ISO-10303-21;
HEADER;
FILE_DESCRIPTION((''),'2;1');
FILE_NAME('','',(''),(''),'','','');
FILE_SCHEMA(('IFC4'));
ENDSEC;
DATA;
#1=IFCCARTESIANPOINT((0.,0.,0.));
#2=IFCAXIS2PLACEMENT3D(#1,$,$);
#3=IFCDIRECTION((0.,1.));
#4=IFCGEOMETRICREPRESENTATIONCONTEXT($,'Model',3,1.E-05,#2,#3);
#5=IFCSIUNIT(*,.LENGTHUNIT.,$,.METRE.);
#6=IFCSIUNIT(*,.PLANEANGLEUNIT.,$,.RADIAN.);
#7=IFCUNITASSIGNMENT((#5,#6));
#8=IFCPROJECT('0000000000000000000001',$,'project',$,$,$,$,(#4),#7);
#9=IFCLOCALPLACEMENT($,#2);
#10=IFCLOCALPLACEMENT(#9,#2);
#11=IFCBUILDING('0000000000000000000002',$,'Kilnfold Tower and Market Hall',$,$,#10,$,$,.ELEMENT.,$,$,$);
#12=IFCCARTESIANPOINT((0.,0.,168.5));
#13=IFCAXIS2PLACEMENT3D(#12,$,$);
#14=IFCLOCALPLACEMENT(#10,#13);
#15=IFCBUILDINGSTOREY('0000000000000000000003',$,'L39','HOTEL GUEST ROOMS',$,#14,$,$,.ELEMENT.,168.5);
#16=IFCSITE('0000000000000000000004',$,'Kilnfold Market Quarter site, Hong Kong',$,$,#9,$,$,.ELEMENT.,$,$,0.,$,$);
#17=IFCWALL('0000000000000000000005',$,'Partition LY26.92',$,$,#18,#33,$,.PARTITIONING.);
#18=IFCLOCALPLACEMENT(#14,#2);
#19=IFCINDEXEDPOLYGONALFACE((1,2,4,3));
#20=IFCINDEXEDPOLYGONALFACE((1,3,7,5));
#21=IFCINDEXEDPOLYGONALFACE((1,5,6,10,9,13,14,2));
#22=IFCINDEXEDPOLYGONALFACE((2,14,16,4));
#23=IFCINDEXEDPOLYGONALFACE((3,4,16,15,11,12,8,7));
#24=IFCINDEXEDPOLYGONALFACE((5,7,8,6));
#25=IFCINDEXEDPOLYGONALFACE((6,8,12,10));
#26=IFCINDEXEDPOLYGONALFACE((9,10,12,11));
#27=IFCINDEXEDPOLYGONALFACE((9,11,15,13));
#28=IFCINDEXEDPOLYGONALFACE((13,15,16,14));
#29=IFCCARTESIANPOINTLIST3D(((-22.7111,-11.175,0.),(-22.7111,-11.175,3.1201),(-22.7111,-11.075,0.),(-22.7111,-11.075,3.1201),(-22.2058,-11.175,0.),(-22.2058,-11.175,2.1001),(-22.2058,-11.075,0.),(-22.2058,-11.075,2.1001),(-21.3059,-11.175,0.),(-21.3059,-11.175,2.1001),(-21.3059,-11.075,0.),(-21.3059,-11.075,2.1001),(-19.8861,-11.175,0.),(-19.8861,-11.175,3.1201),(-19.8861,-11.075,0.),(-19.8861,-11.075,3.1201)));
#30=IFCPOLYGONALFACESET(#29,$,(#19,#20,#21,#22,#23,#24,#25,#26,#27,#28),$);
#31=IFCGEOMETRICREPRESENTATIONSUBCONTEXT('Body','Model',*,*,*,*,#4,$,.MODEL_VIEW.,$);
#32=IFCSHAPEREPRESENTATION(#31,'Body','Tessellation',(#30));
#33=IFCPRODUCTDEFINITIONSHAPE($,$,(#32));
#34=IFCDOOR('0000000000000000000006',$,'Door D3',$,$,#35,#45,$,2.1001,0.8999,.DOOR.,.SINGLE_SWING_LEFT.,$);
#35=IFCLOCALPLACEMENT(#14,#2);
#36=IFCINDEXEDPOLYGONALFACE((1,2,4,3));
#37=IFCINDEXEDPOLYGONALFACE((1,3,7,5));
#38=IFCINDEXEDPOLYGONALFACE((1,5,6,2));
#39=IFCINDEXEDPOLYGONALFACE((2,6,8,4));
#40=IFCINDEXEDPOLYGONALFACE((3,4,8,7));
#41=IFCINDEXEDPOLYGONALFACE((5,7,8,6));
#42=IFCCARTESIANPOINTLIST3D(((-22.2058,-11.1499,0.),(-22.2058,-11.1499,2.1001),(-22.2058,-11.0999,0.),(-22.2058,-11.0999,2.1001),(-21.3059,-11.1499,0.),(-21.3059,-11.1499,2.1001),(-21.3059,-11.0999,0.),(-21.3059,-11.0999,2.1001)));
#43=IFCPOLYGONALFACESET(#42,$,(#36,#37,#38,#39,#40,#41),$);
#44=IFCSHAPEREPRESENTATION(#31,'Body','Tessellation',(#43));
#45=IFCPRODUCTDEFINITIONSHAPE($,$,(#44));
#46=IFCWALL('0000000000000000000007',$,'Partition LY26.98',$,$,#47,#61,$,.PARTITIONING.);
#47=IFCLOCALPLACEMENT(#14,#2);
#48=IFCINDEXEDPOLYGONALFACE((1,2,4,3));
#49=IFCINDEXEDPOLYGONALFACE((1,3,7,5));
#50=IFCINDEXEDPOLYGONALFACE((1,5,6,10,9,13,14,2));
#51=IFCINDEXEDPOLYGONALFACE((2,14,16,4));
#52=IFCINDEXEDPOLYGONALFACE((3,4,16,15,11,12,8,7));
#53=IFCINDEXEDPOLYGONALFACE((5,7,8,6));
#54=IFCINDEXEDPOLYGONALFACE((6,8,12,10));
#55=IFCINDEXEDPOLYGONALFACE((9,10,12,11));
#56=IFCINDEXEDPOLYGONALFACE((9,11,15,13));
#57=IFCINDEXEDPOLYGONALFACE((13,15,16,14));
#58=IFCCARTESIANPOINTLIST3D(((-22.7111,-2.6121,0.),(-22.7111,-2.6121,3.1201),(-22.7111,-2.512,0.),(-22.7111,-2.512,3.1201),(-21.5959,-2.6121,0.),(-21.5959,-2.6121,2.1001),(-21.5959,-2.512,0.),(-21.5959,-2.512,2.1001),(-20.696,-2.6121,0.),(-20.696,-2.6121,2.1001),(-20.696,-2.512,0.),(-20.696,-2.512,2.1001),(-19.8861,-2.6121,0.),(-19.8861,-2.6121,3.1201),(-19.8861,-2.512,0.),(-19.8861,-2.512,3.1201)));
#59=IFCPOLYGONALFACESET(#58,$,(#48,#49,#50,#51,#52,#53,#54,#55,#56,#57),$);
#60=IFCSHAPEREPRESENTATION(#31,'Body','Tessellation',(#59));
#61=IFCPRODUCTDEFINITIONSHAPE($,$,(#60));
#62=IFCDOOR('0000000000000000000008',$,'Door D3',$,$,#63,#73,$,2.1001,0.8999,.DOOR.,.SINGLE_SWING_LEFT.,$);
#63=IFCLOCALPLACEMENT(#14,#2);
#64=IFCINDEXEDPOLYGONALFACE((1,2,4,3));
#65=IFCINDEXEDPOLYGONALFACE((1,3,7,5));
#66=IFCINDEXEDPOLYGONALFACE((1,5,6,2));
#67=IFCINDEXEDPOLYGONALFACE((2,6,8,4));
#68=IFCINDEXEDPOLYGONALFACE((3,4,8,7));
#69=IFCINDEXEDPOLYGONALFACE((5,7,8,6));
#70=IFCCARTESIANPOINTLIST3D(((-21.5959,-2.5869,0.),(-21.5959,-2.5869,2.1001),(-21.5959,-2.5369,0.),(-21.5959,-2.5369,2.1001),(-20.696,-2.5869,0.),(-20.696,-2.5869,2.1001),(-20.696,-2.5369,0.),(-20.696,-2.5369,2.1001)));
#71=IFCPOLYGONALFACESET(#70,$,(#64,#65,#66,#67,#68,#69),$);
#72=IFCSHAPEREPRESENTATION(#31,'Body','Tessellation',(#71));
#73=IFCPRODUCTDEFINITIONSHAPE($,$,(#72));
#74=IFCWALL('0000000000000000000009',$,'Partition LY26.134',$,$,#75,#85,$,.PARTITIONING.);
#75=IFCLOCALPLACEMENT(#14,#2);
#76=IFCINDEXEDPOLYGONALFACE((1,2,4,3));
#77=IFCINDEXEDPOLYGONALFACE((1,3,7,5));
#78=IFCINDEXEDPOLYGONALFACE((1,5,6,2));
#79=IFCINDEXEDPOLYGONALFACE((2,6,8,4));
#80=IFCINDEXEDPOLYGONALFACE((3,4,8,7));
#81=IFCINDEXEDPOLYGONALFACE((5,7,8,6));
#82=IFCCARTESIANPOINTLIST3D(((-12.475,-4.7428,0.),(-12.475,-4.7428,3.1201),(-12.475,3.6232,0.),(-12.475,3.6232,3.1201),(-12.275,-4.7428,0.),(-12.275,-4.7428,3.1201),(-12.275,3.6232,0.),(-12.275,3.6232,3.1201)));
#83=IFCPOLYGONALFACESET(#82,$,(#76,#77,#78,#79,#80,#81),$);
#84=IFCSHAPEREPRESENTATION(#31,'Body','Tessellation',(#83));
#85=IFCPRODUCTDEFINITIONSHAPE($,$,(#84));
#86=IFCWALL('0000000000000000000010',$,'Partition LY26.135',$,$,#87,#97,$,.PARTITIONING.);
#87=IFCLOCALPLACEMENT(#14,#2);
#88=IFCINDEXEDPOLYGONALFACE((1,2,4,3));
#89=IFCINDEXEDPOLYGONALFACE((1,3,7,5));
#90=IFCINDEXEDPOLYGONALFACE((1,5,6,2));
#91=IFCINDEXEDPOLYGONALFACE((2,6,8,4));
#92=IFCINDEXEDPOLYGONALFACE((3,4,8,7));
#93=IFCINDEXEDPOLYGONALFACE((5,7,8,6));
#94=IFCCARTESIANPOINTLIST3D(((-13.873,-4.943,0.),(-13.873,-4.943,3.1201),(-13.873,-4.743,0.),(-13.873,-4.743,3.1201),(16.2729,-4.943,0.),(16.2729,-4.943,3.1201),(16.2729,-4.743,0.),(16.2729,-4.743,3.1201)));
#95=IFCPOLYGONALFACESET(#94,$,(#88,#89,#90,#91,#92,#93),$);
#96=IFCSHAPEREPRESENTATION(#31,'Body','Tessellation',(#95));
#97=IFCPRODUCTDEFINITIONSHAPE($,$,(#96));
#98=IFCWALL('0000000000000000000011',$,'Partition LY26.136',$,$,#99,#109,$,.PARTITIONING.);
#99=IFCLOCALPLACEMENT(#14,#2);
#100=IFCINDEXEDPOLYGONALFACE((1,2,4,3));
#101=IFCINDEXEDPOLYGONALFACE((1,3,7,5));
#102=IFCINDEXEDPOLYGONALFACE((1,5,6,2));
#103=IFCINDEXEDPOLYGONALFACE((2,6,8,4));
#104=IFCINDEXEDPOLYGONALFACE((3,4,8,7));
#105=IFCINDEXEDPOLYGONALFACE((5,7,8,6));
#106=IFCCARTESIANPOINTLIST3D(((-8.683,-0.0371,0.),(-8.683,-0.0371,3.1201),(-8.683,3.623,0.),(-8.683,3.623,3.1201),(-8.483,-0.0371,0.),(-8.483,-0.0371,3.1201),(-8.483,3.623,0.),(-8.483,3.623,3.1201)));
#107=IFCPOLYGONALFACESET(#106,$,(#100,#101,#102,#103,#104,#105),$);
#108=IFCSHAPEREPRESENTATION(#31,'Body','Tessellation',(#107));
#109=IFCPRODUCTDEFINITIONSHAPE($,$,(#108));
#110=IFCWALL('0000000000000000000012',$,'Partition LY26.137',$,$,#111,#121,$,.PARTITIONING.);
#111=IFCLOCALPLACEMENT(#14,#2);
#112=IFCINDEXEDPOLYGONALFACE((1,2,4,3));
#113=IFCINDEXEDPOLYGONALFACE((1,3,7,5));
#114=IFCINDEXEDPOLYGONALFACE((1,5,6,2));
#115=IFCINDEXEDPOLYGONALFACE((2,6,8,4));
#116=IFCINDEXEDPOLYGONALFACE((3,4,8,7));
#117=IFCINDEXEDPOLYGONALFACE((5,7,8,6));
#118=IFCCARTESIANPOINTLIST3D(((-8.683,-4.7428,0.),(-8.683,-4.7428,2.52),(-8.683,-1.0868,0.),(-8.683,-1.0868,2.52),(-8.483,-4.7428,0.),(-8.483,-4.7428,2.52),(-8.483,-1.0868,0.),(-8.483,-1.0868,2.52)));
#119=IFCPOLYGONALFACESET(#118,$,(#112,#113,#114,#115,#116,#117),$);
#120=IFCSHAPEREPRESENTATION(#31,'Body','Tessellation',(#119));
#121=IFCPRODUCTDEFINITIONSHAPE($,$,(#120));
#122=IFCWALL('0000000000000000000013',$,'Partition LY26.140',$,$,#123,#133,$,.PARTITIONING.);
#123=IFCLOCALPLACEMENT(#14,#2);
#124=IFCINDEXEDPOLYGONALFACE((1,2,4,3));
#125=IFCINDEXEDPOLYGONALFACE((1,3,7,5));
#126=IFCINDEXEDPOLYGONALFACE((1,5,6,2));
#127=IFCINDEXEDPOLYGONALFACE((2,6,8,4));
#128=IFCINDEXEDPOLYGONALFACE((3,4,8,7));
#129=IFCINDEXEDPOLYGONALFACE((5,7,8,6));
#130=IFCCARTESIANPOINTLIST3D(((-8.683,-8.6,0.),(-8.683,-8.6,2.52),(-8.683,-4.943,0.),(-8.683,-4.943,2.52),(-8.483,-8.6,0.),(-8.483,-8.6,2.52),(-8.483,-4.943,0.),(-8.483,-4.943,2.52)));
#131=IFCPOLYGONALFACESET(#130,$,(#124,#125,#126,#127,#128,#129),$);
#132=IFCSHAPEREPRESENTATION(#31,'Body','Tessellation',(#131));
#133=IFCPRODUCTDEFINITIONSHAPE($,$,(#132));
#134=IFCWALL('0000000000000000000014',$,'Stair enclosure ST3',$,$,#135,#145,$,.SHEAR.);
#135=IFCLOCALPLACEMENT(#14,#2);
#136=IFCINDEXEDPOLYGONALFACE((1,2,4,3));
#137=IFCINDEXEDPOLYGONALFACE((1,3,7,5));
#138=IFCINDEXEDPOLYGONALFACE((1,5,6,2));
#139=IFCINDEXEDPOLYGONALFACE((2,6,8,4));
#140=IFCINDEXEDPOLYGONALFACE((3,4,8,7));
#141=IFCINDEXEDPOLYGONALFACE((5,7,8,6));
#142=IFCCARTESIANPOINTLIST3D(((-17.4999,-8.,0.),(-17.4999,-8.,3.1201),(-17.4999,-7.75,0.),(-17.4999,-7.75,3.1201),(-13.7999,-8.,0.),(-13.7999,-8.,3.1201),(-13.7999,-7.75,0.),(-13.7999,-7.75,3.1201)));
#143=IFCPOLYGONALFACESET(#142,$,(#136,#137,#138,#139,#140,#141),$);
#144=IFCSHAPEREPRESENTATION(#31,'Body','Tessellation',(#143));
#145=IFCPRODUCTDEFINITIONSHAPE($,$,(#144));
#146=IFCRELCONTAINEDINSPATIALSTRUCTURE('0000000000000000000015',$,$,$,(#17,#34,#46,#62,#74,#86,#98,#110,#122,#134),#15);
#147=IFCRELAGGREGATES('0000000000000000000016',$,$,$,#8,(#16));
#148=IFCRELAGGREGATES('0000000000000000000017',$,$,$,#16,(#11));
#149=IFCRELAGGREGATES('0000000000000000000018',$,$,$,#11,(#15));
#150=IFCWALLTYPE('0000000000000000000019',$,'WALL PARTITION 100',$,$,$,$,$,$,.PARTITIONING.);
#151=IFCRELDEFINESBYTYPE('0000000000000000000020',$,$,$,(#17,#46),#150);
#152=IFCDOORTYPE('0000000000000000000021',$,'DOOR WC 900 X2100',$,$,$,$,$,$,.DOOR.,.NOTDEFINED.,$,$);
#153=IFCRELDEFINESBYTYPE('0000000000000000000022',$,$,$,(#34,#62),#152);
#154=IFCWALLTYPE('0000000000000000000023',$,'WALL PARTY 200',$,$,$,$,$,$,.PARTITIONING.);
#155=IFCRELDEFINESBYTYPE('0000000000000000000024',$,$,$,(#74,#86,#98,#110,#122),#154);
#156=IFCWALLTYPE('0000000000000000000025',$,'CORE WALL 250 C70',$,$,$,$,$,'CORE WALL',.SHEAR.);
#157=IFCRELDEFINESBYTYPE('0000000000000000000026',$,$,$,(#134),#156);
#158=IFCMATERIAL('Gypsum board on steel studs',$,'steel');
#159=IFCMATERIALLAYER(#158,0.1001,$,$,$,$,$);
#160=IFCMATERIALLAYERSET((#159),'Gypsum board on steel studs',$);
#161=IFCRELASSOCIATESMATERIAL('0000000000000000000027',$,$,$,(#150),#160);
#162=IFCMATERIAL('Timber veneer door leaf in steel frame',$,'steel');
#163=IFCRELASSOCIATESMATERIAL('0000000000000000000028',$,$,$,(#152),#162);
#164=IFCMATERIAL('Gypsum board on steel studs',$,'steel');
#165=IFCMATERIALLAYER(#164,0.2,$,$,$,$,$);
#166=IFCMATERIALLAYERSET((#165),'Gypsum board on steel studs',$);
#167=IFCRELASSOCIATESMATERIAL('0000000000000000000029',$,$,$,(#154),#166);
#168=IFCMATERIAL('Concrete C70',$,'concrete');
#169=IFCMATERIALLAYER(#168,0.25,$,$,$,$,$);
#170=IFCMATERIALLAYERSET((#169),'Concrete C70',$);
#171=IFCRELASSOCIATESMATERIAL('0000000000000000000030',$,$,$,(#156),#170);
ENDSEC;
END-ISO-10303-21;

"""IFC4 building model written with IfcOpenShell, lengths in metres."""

from ifc_helpers import new_model, si_unit, direction, frame, frame_2d, origin, place, context, subcontext, project, spatial, rectangle, extrude, source, transform, mapped, material, layer, layer_set, type_object, element, fill, save


model = new_model("IFC4")

# Units and contexts
model_context = context("Model", 3, precision=1e-05, world=origin(), true_north=direction((0.0, 1.0)))
body_context = subcontext(model_context, "Body", "Model", "MODEL_VIEW")
ifc_project = project(units=[si_unit("LENGTHUNIT", "METRE"), si_unit("PLANEANGLEUNIT", "RADIAN")], contexts=[model_context])

# Site, building, storey
site_placement = place(None, origin())
site = spatial("IfcSite", under=ifc_project, at=site_placement, Name="Kilnfold Market Quarter site, Hong Kong", CompositionType="ELEMENT", RefElevation=0.0)
building_placement = place(site_placement, origin())
building = spatial("IfcBuilding", under=site, at=building_placement, Name="Kilnfold Tower and Market Hall", CompositionType="ELEMENT")
storey_placement = place(building_placement, frame((0.0, 0.0, 168.5)))
storey = spatial("IfcBuildingStorey", under=building, at=storey_placement, Name="L39", Description="HOTEL GUEST ROOMS", CompositionType="ELEMENT", Elevation=168.5)

# Walls, openings, doors
ifc_material_1 = material(Name="Gypsum board on steel studs", Category="steel")
ifc_layer_1 = layer(ifc_material_1, 0.1001)
ifc_layer_set_1 = layer_set([ifc_layer_1], Name="Gypsum board on steel studs")
wall_type_1 = type_object("IfcWallType", Name="WALL PARTITION 100", PredefinedType="PARTITIONING", material=ifc_layer_set_1)
wall_1_placement = place(storey_placement, frame((-19.886, -11.125, 0.0), z_axis=(0.0, 0.0, 1.0), x_axis=(-1.0, 0.0, 0.0)))
wall_1 = element("IfcWall", 1, at=wall_1_placement, inside=storey, type_object=wall_type_1, Name="Partition LY26.92", PredefinedType="PARTITIONING", context=body_context, shape_type="SweptSolid", body=[
    extrude(rectangle(XDim=2.825, YDim=0.1001, at=frame_2d((1.4126, 0.0))), origin(), (0.0, 0.0, 1.0), 3.1201),
])
opening_1_placement = place(wall_1_placement, frame((1.4199, 0.0, 0.0)))
opening_1 = element("IfcOpeningElement", 2, at=opening_1_placement, cuts=wall_1, PredefinedType="OPENING", context=body_context, shape_type="SweptSolid", body=[
    extrude(rectangle(XDim=0.8999, YDim=2.1001, at=frame_2d((0.45, 1.05))), frame((0.0, 0.0601, 0.0), z_axis=(0.0, -1.0, 0.0), x_axis=(1.0, 0.0, 0.0)), (0.0, 0.0, 1.0), 0.1201),
])
ifc_material_2 = material(Name="Timber veneer door leaf in steel frame", Category="steel")
door_type_1 = type_object("IfcDoorType", Name="DOOR WC 900 X2100", OperationType="NOTDEFINED", PredefinedType="DOOR", material=ifc_material_2)
door_1_placement = place(opening_1_placement, origin())
door_1 = element("IfcDoor", 3, at=door_1_placement, inside=storey, type_object=door_type_1, Name="Door D3", OperationType="SINGLE_SWING_LEFT", OverallHeight=2.1001, OverallWidth=0.8999, PredefinedType="DOOR", context=body_context, shape_type="SweptSolid", body=[
    extrude(rectangle(XDim=0.8999, YDim=2.1001, at=frame_2d((0.45, 1.05))), frame((0.0, 0.0249, 0.0), z_axis=(0.0, -1.0, 0.0), x_axis=(1.0, 0.0, 0.0)), (0.0, 0.0, 1.0), 0.05),
])
fill(opening_1, door_1)
wall_2_placement = place(storey_placement, frame((-19.886, -2.562, 0.0), z_axis=(0.0, 0.0, 1.0), x_axis=(-1.0, 0.0, 0.0)))
wall_2 = element("IfcWall", 4, at=wall_2_placement, inside=storey, type_object=wall_type_1, Name="Partition LY26.98", PredefinedType="PARTITIONING", context=body_context, shape_type="SweptSolid", body=[
    extrude(rectangle(XDim=2.825, YDim=0.1001, at=frame_2d((1.4126, 0.0))), origin(), (0.0, 0.0, 1.0), 3.1201),
])
opening_2_placement = place(wall_2_placement, frame((0.8101, 0.0, 0.0)))
opening_2 = element("IfcOpeningElement", 5, at=opening_2_placement, cuts=wall_2, PredefinedType="OPENING", context=body_context, shape_type="SweptSolid", body=[
    extrude(rectangle(XDim=0.8999, YDim=2.1001, at=frame_2d((0.45, 1.05))), frame((0.0, 0.0601, 0.0), z_axis=(0.0, -1.0, 0.0), x_axis=(1.0, 0.0, 0.0)), (0.0, 0.0, 1.0), 0.1201),
])
door_2_placement = place(opening_2_placement, origin())
door_2 = element("IfcDoor", 6, at=door_2_placement, inside=storey, type_object=door_type_1, Name="Door D3", OperationType="SINGLE_SWING_LEFT", OverallHeight=2.1001, OverallWidth=0.8999, PredefinedType="DOOR", context=body_context, shape_type="SweptSolid", body=[
    extrude(rectangle(XDim=0.8999, YDim=2.1001, at=frame_2d((0.45, 1.05))), frame((0.0, 0.0249, 0.0), z_axis=(0.0, -1.0, 0.0), x_axis=(1.0, 0.0, 0.0)), (0.0, 0.0, 1.0), 0.05),
])
fill(opening_2, door_2)

# Walls
ifc_material_3 = material(Name="Gypsum board on steel studs", Category="steel")
ifc_layer_2 = layer(ifc_material_3, 0.2)
ifc_layer_set_2 = layer_set([ifc_layer_2], Name="Gypsum board on steel studs")
wall_type_2 = type_object("IfcWallType", Name="WALL PARTY 200", PredefinedType="PARTITIONING", material=ifc_layer_set_2)
wall_3_placement = place(storey_placement, frame((-12.375, -4.7429, 0.0), z_axis=(0.0, 0.0, 1.0), x_axis=(0.0, 1.0, 0.0)))
element("IfcWall", 7, at=wall_3_placement, inside=storey, type_object=wall_type_2, Name="Partition LY26.134", PredefinedType="PARTITIONING", context=body_context, shape_type="SweptSolid", body=[
    extrude(rectangle(XDim=8.366, YDim=0.2, at=frame_2d((4.1831, 0.0))), origin(), (0.0, 0.0, 1.0), 3.1201),
])
wall_4_placement = place(storey_placement, frame((-13.873, -4.843, 0.0), z_axis=(0.0, 0.0, 1.0), x_axis=(1.0, 0.0, 0.0)))
element("IfcWall", 8, at=wall_4_placement, inside=storey, type_object=wall_type_2, Name="Partition LY26.135", PredefinedType="PARTITIONING", context=body_context, shape_type="SweptSolid", body=[
    extrude(rectangle(XDim=30.146, YDim=0.2, at=frame_2d((15.073, 0.0))), origin(), (0.0, 0.0, 1.0), 3.1201),
])
wall_5_placement = place(storey_placement, frame((-8.583, -0.0371, 0.0), z_axis=(0.0, 0.0, 1.0), x_axis=(0.0, 1.0, 0.0)))
element("IfcWall", 9, at=wall_5_placement, inside=storey, type_object=wall_type_2, Name="Partition LY26.136", PredefinedType="PARTITIONING", context=body_context, shape_type="SweptSolid", body=[
    extrude(rectangle(XDim=3.6602, YDim=0.2, at=frame_2d((1.8301, 0.0))), origin(), (0.0, 0.0, 1.0), 3.1201),
])
wall_6_placement = place(storey_placement, frame((-8.583, -4.7429, 0.0), z_axis=(0.0, 0.0, 1.0), x_axis=(0.0, 1.0, 0.0)))
element("IfcWall", 10, at=wall_6_placement, inside=storey, type_object=wall_type_2, Name="Partition LY26.137", PredefinedType="PARTITIONING", context=body_context, shape_type="SweptSolid", body=[
    extrude(rectangle(XDim=3.656, YDim=0.2, at=frame_2d((1.8281, 0.0))), origin(), (0.0, 0.0, 1.0), 2.52),
])
wall_7_placement = place(storey_placement, frame((-8.583, -8.6001, 0.0), z_axis=(0.0, 0.0, 1.0), x_axis=(0.0, 1.0, 0.0)))
element("IfcWall", 11, at=wall_7_placement, inside=storey, type_object=wall_type_2, Name="Partition LY26.140", PredefinedType="PARTITIONING", context=body_context, shape_type="SweptSolid", body=[
    extrude(rectangle(XDim=3.657, YDim=0.2, at=frame_2d((1.8286, 0.0))), origin(), (0.0, 0.0, 1.0), 2.52),
])
ifc_material_4 = material(Name="Concrete C70", Category="concrete")
ifc_layer_3 = layer(ifc_material_4, 0.25)
ifc_layer_set_3 = layer_set([ifc_layer_3], Name="Concrete C70")
wall_type_3 = type_object("IfcWallType", Name="CORE WALL 250 C70", ElementType="CORE WALL", PredefinedType="SHEAR", material=ifc_layer_set_3)
shared_shape_1 = source(origin(), body_context, "Body", "SweptSolid", [
    extrude(rectangle(XDim=3.7, YDim=0.25, at=frame_2d((1.8501, 0.0))), origin(), (0.0, 0.0, 1.0), 3.1201),
])
wall_8_placement = place(storey_placement, frame((-17.5, -7.875, 0.0), z_axis=(0.0, 0.0, 1.0), x_axis=(1.0, 0.0, 0.0)))
element("IfcWall", 12, at=wall_8_placement, inside=storey, type_object=wall_type_3, Name="Stair enclosure ST3", PredefinedType="SHEAR", context=body_context, shape_type="MappedRepresentation", body=[
    mapped(shared_shape_1, transform((0.0, 0.0, 0.0))),
])

save(model, "model.ifc")
